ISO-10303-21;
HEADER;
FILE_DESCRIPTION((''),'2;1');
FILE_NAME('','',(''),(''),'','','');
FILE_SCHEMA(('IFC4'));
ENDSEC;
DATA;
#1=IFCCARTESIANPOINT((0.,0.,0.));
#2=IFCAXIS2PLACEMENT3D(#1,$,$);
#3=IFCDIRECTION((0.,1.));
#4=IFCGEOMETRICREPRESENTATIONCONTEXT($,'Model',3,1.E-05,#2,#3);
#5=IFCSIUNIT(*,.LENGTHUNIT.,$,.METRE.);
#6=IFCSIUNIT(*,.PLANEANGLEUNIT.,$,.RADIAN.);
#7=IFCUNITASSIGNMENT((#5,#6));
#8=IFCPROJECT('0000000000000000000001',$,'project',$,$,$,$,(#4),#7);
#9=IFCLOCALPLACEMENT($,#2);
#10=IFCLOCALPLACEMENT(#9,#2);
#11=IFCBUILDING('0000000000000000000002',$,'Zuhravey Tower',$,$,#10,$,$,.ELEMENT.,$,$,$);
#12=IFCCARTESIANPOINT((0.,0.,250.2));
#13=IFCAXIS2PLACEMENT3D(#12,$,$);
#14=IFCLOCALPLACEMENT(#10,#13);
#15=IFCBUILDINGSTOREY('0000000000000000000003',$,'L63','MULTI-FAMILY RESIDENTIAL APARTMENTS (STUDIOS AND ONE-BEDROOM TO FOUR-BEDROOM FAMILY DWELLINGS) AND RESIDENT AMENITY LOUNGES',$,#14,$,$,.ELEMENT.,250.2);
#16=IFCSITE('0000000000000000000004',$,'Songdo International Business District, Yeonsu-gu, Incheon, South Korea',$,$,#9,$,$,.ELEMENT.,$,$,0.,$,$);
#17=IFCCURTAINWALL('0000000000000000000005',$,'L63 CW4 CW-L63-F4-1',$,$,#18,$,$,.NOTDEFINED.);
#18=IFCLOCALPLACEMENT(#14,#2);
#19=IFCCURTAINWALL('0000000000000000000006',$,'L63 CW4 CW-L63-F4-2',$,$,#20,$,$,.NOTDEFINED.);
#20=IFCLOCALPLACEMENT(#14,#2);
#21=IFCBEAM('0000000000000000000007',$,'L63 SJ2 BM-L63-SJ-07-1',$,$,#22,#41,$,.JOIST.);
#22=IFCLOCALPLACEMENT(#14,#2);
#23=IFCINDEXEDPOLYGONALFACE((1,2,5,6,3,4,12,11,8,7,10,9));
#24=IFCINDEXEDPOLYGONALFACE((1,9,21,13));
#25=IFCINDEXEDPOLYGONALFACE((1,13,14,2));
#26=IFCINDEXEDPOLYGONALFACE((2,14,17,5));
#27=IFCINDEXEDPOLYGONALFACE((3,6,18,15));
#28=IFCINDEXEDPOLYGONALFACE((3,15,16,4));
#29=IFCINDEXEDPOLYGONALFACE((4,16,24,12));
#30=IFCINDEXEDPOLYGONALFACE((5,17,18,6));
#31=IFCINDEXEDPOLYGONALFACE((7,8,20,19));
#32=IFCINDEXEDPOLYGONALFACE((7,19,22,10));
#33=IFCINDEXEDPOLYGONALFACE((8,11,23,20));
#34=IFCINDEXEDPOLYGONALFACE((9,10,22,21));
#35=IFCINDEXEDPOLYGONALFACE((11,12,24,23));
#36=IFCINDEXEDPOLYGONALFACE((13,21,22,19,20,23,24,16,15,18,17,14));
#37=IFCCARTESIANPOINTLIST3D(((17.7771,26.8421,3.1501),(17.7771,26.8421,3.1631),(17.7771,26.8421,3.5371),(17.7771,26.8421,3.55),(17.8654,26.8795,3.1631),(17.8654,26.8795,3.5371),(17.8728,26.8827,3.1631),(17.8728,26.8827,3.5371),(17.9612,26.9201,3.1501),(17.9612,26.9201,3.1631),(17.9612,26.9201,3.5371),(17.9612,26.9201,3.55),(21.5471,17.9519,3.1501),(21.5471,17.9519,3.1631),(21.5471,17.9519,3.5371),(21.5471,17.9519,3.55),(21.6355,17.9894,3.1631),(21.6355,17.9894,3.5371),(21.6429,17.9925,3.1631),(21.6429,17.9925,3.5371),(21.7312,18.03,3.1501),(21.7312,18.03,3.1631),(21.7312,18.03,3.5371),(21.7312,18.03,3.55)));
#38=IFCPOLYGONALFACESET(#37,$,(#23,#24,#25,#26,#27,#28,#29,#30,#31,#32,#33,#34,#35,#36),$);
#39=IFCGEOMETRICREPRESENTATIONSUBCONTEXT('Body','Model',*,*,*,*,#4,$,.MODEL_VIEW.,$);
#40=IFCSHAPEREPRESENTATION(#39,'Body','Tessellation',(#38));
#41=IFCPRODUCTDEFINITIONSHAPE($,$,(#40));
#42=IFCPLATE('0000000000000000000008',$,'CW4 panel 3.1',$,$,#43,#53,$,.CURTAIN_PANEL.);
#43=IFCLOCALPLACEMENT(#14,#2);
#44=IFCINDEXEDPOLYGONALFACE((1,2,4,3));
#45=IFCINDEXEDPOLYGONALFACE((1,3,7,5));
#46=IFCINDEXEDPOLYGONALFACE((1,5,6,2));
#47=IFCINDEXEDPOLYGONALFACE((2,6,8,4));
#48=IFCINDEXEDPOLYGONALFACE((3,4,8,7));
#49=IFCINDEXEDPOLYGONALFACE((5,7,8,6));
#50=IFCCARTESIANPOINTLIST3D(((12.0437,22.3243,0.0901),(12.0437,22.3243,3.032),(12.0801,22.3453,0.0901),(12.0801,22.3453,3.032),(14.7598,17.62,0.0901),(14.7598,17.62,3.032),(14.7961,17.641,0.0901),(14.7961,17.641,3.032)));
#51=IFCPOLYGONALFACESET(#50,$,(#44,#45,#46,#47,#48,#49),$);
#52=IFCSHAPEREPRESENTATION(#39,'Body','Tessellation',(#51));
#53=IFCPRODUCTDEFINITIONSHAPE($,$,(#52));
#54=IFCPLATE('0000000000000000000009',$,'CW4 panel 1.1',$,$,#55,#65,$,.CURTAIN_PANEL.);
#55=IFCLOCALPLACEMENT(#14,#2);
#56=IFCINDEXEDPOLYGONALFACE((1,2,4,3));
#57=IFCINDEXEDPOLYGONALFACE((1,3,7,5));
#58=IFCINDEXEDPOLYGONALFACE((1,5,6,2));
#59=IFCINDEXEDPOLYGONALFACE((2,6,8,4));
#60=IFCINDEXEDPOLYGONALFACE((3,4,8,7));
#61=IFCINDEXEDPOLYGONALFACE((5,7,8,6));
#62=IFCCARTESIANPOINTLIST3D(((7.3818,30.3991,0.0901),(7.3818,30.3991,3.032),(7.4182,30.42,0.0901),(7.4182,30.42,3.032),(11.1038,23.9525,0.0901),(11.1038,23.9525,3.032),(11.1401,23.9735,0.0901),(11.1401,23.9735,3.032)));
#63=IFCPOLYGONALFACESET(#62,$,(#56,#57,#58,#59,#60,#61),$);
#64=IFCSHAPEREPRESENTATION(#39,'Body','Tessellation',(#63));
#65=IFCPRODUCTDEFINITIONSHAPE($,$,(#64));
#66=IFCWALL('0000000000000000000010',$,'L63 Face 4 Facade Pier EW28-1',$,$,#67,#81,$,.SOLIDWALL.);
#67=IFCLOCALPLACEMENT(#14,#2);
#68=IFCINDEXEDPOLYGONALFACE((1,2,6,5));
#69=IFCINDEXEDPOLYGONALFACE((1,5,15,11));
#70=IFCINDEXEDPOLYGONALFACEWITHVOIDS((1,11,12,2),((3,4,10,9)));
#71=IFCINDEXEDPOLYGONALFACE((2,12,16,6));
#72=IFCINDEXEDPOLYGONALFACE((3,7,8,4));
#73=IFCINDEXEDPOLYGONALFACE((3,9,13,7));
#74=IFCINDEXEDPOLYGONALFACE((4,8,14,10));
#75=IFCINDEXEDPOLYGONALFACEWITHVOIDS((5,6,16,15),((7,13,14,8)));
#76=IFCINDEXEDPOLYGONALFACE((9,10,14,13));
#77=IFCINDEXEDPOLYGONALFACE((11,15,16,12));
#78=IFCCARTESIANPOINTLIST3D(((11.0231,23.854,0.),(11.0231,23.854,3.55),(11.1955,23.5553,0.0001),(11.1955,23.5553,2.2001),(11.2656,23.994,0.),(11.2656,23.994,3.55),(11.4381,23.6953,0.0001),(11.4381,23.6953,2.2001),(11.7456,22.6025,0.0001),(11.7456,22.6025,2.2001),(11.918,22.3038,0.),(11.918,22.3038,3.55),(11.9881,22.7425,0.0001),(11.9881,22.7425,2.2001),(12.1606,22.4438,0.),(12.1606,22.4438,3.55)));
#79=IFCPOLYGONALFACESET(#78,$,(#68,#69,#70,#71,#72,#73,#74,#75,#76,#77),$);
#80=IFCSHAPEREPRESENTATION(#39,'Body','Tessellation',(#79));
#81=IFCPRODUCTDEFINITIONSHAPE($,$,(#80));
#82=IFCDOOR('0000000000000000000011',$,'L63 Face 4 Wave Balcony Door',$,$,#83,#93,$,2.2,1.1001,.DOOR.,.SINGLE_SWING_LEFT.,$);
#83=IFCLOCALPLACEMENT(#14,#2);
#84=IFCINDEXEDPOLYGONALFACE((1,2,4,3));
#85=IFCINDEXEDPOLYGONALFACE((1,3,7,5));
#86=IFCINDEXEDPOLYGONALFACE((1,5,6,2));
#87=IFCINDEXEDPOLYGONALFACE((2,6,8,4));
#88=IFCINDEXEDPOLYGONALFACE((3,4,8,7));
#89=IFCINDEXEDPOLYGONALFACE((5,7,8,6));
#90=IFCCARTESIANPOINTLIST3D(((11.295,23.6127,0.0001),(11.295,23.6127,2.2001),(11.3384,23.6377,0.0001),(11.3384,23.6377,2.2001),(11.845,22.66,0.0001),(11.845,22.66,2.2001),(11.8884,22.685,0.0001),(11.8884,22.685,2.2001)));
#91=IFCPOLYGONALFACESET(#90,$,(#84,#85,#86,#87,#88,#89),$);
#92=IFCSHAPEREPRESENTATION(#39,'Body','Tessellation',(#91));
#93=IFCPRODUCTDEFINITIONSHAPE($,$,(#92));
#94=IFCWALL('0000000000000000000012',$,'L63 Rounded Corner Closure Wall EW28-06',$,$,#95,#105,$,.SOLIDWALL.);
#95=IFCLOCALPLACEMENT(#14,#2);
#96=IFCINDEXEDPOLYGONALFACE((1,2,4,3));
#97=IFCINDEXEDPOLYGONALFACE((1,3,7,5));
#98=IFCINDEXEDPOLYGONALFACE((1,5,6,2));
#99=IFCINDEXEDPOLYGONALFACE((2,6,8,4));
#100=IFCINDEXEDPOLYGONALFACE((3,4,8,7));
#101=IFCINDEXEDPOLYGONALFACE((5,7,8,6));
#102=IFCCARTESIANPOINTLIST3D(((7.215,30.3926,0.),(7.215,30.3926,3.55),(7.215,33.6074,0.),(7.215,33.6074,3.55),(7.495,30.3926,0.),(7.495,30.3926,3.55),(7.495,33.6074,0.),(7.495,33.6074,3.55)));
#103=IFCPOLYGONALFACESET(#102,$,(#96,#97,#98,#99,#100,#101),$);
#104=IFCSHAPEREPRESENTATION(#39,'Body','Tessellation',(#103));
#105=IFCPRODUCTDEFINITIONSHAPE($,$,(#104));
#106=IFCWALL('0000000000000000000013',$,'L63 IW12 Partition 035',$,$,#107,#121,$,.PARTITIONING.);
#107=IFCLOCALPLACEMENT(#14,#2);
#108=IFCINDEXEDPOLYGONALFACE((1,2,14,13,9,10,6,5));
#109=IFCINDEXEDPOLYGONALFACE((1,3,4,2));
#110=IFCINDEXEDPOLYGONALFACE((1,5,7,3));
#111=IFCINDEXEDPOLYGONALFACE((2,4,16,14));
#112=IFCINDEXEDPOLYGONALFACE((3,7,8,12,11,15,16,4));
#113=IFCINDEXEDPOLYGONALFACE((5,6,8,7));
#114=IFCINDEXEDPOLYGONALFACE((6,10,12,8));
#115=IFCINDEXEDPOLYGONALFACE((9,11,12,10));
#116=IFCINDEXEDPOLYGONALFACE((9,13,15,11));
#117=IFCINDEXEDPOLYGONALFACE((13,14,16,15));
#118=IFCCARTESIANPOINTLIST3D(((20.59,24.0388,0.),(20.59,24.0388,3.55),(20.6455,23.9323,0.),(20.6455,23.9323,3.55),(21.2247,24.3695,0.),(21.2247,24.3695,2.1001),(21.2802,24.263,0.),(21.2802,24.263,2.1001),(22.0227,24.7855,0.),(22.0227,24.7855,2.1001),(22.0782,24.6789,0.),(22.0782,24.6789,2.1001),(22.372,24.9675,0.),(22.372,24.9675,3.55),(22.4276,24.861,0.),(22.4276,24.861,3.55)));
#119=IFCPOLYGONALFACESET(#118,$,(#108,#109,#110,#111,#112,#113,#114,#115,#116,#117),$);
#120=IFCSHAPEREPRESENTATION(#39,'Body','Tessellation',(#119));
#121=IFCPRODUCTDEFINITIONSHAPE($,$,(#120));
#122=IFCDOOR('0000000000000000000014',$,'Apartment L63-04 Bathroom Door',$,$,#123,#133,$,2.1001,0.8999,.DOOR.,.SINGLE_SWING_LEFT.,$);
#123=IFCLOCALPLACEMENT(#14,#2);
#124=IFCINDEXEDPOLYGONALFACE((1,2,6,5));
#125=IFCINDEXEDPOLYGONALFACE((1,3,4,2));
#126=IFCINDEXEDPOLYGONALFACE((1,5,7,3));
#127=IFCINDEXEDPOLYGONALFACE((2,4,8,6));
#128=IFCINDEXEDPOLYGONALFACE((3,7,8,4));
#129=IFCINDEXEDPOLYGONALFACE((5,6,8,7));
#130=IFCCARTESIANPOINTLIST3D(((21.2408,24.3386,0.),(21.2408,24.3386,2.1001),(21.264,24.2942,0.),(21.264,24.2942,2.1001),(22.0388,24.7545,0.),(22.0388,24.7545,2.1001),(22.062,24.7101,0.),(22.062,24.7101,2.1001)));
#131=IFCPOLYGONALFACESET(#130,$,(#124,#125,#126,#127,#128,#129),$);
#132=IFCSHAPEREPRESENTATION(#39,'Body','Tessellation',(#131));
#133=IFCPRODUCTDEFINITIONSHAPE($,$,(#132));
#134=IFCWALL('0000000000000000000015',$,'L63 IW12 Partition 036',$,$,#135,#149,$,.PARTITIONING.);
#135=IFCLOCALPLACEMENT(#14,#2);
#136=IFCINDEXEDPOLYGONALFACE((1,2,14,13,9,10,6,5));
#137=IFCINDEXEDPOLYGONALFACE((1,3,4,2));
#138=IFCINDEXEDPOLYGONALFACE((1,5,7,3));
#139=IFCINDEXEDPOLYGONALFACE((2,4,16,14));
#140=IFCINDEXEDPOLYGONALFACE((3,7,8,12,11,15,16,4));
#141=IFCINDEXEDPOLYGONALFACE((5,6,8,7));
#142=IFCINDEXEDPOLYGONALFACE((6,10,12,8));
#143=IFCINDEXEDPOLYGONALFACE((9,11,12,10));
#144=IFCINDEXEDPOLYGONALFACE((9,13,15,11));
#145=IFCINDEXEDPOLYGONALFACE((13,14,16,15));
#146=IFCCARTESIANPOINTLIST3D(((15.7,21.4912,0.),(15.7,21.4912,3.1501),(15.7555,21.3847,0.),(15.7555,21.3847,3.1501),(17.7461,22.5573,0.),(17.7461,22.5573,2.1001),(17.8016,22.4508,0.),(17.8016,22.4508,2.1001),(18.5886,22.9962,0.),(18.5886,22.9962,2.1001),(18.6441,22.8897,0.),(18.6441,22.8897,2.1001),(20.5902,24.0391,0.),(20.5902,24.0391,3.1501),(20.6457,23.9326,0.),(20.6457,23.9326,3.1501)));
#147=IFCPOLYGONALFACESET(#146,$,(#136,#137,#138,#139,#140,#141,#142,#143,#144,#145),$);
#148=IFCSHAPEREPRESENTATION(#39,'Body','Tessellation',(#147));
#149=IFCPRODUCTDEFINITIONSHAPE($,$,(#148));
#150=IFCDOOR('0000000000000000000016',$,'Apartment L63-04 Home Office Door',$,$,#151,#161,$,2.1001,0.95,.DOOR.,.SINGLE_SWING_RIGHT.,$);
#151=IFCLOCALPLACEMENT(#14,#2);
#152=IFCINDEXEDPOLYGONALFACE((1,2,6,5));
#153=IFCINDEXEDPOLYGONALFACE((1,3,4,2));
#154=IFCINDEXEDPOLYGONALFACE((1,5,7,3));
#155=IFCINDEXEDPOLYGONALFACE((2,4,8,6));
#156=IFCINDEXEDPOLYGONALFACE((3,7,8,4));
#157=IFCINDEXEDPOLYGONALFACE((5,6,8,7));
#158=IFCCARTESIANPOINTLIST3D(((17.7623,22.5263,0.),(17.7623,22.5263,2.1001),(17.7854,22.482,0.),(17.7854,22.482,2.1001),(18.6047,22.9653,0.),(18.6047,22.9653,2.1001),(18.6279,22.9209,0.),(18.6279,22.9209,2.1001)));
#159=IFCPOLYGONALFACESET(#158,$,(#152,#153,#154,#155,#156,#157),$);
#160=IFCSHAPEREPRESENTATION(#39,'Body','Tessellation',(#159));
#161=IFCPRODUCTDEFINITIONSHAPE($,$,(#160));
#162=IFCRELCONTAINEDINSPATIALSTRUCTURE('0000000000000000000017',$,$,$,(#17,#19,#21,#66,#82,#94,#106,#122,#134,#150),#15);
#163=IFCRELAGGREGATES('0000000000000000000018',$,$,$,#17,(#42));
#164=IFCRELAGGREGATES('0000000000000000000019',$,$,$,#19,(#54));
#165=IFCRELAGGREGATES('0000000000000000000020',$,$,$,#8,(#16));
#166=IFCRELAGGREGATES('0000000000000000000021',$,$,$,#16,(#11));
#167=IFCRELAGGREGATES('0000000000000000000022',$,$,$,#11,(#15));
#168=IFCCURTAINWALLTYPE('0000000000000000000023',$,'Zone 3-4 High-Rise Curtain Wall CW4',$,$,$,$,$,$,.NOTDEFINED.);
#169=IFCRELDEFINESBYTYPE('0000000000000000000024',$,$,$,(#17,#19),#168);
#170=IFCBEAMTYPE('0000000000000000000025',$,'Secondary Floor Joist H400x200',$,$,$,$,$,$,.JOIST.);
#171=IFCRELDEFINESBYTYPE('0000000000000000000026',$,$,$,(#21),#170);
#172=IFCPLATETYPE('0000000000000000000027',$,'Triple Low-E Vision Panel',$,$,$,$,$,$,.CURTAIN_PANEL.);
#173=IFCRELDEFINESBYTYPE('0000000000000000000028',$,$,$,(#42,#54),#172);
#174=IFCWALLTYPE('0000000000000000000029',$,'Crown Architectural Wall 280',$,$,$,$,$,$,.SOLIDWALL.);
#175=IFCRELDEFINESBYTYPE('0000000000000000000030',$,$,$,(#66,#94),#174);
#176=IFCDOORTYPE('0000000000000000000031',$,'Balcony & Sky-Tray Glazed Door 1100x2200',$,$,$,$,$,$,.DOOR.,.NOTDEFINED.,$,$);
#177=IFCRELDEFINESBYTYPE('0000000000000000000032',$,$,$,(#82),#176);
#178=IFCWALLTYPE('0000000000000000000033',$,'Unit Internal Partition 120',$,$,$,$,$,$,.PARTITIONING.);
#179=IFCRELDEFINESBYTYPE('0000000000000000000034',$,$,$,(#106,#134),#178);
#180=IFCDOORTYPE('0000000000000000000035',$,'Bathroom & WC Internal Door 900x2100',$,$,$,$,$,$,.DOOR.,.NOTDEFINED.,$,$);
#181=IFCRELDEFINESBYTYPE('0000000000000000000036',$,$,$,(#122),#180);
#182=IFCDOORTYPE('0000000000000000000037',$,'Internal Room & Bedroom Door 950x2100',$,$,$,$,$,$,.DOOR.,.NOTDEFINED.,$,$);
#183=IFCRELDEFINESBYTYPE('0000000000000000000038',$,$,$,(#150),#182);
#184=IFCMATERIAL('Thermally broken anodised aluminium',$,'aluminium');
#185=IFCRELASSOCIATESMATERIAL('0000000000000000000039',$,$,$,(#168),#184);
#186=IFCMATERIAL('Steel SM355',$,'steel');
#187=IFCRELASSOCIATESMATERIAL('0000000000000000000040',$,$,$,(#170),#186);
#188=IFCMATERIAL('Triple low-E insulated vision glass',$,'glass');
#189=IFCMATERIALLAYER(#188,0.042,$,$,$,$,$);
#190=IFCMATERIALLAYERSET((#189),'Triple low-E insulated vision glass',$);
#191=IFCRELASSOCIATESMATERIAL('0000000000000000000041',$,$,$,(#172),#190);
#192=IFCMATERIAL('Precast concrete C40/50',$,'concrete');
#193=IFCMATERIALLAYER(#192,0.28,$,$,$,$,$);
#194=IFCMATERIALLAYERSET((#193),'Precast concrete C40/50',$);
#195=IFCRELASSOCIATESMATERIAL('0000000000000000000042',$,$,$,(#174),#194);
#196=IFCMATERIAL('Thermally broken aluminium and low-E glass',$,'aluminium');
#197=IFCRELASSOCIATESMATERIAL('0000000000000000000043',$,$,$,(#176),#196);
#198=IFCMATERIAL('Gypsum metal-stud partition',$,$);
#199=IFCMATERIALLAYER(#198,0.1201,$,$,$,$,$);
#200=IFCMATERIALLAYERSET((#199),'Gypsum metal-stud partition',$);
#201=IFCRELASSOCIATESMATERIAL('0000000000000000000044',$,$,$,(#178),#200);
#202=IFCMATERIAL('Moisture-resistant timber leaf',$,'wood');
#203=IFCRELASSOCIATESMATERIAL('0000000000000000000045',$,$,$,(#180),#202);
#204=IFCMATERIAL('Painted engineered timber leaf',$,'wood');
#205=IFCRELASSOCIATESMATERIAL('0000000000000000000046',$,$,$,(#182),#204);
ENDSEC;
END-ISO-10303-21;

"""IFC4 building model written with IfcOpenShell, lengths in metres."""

from ifc_helpers import new_model, si_unit, direction, frame, frame_2d, origin, origin_2d, place, context, subcontext, project, spatial, rectangle, i_section, extrude, material, layer, layer_set, material_profile, profile_set, type_object, element, fill, aggregate, save


model = new_model("IFC4")

# Units and contexts
model_context = context("Model", 3, precision=1e-05, world=origin(), true_north=direction((0.0, 1.0)))
body_context = subcontext(model_context, "Body", "Model", "MODEL_VIEW")
ifc_project = project(units=[si_unit("LENGTHUNIT", "METRE"), si_unit("PLANEANGLEUNIT", "RADIAN")], contexts=[model_context])

# Site, building, storey
site_placement = place(None, origin())
site = spatial("IfcSite", under=ifc_project, at=site_placement, Name="Songdo International Business District, Yeonsu-gu, Incheon, South Korea", CompositionType="ELEMENT", RefElevation=0.0)
building_placement = place(site_placement, origin())
building = spatial("IfcBuilding", under=site, at=building_placement, Name="Zuhravey Tower", CompositionType="ELEMENT")
storey_placement = place(building_placement, frame((0.0, 0.0, 250.2)))
storey = spatial("IfcBuildingStorey", under=building, at=storey_placement, Name="L63", Description="MULTI-FAMILY RESIDENTIAL APARTMENTS (STUDIOS AND ONE-BEDROOM TO FOUR-BEDROOM FAMILY DWELLINGS) AND RESIDENT AMENITY LOUNGES", CompositionType="ELEMENT", Elevation=250.2)

# Curtain wall
ifc_material_1 = material(Name="Thermally broken anodised aluminium", Category="aluminium")
curtain_wall_type = type_object("IfcCurtainWallType", Name="Zone 3-4 High-Rise Curtain Wall CW4", PredefinedType="NOTDEFINED", material=ifc_material_1)
curtain_wall_1_placement = place(storey_placement, origin())
curtain_wall_1 = element("IfcCurtainWall", 1, at=curtain_wall_1_placement, inside=storey, type_object=curtain_wall_type, Name="L63 CW4 CW-L63-F4-1", PredefinedType="NOTDEFINED")

# Curtain wall
curtain_wall_2_placement = place(storey_placement, origin())
curtain_wall_2 = element("IfcCurtainWall", 2, at=curtain_wall_2_placement, inside=storey, type_object=curtain_wall_type, Name="L63 CW4 CW-L63-F4-2", PredefinedType="NOTDEFINED")

# Beam
ifc_material_2 = material(Name="Steel SM355", Category="steel")
ifc_material_profile_1 = material_profile(ifc_material_2, i_section(OverallWidth=0.2, OverallDepth=0.3999, WebThickness=0.0081, FlangeThickness=0.0129, at=origin_2d()), Name="H-400x200x8x13")
ifc_profile_set_1 = profile_set([ifc_material_profile_1], Name="Steel SM355")
beam_type_1 = type_object("IfcBeamType", Name="Secondary Floor Joist H400x200", PredefinedType="JOIST", material=ifc_profile_set_1)
beam_1_placement = place(storey_placement, frame((17.8691, 26.8811, 3.3501), z_axis=(0.390413, -0.92064, 0.0), x_axis=(0.92064, 0.390413, 0.0)))
element("IfcBeam", 3, at=beam_1_placement, inside=storey, type_object=beam_type_1, Name="L63 SJ2 BM-L63-SJ-07-1", PredefinedType="JOIST", context=body_context, shape_type="SweptSolid", body=[
    extrude(i_section(OverallWidth=0.2, OverallDepth=0.3999, WebThickness=0.0081, FlangeThickness=0.0129, at=origin_2d()), origin(), (0.0, 0.0, 1.0), 9.6565),
])

# Plates
ifc_material_3 = material(Name="Triple low-E insulated vision glass", Category="glass")
ifc_layer_1 = layer(ifc_material_3, 0.042)
ifc_layer_set_1 = layer_set([ifc_layer_1], Name="Triple low-E insulated vision glass")
plate_type = type_object("IfcPlateType", Name="Triple Low-E Vision Panel", PredefinedType="CURTAIN_PANEL", material=ifc_layer_set_1)
plate_1_placement = place(storey_placement, frame((13.4199, 19.9827, 0.0901), z_axis=(0.0, 0.0, 1.0), x_axis=(-0.500001, 0.866025, 0.0)))
plate_1 = element("IfcPlate", 4, at=plate_1_placement, type_object=plate_type, Name="CW4 panel 3.1", PredefinedType="CURTAIN_PANEL", context=body_context, shape_type="SweptSolid", body=[
    extrude(rectangle(XDim=5.4321, YDim=0.042, at=origin_2d()), origin(), (0.0, 0.0, 1.0), 2.9419),
])
aggregate(curtain_wall_1, [plate_1])
plate_2_placement = place(storey_placement, frame((9.261, 27.1863, 0.0901), z_axis=(0.0, 0.0, 1.0), x_axis=(-0.500004, 0.866023, 0.0)))
plate_2 = element("IfcPlate", 5, at=plate_2_placement, type_object=plate_type, Name="CW4 panel 1.1", PredefinedType="CURTAIN_PANEL", context=body_context, shape_type="SweptSolid", body=[
    extrude(rectangle(XDim=7.4438, YDim=0.042, at=origin_2d()), origin(), (0.0, 0.0, 1.0), 2.9419),
])
aggregate(curtain_wall_2, [plate_2])

# Wall, opening, door
ifc_material_4 = material(Name="Precast concrete C40/50", Category="concrete")
ifc_layer_2 = layer(ifc_material_4, 0.28)
ifc_layer_set_2 = layer_set([ifc_layer_2], Name="Precast concrete C40/50")
wall_type_1 = type_object("IfcWallType", Name="Crown Architectural Wall 280", PredefinedType="SOLIDWALL", material=ifc_layer_set_2)
wall_1_placement = place(storey_placement, frame((12.0393, 22.3738, 0.0), z_axis=(0.0, 0.0, 1.0), x_axis=(-0.499982, 0.866036, 0.0)))
wall_1 = element("IfcWall", 6, at=wall_1_placement, inside=storey, type_object=wall_type_1, Name="L63 Face 4 Facade Pier EW28-1", PredefinedType="SOLIDWALL", context=body_context, shape_type="SweptSolid", body=[
    extrude(rectangle(XDim=1.79, YDim=0.28, at=frame_2d((0.895, 0.0))), origin(), (0.0, 0.0, 1.0), 3.55),
])
opening_1_placement = place(wall_1_placement, frame((0.345, 0.0, 0.0)))
opening_1 = element("IfcOpeningElement", 7, at=opening_1_placement, cuts=wall_1, PredefinedType="OPENING", context=body_context, shape_type="SweptSolid", body=[
    extrude(rectangle(XDim=1.1001, YDim=2.2, at=frame_2d((0.55, 1.1001))), frame((0.0, 0.1521, 0.0), z_axis=(0.0, -1.0, 0.0), x_axis=(1.0, 0.0, 0.0)), (0.0, 0.0, 1.0), 0.304),
])
ifc_material_5 = material(Name="Thermally broken aluminium and low-E glass", Category="aluminium")
door_type_1 = type_object("IfcDoorType", Name="Balcony & Sky-Tray Glazed Door 1100x2200", OperationType="NOTDEFINED", PredefinedType="DOOR", material=ifc_material_5)
door_1_placement = place(opening_1_placement, frame((1.1001, 0.0, 0.0), z_axis=(0.0, 0.0, 1.0), x_axis=(-1.0, 0.0, 0.0)))
door_1 = element("IfcDoor", 8, at=door_1_placement, inside=storey, type_object=door_type_1, Name="L63 Face 4 Wave Balcony Door", OperationType="SINGLE_SWING_LEFT", OverallHeight=2.2, OverallWidth=1.1001, PredefinedType="DOOR", context=body_context, shape_type="SweptSolid", body=[
    extrude(rectangle(XDim=1.1001, YDim=2.2, at=frame_2d((0.55, 1.1001))), frame((0.0, 0.0249, 0.0), z_axis=(0.0, -1.0, 0.0), x_axis=(1.0, 0.0, 0.0)), (0.0, 0.0, 1.0), 0.05),
])
fill(opening_1, door_1)

# Wall
wall_2_placement = place(storey_placement, frame((7.355, 30.3926, 0.0), z_axis=(0.0, 0.0, 1.0), x_axis=(0.0, 1.0, 0.0)))
element("IfcWall", 9, at=wall_2_placement, inside=storey, type_object=wall_type_1, Name="L63 Rounded Corner Closure Wall EW28-06", PredefinedType="SOLIDWALL", context=body_context, shape_type="SweptSolid", body=[
    extrude(rectangle(XDim=3.2148, YDim=0.28, at=frame_2d((1.6074, 0.0))), origin(), (0.0, 0.0, 1.0), 3.55),
])

# Walls, openings, doors
ifc_material_6 = material(Name="Gypsum metal-stud partition")
ifc_layer_3 = layer(ifc_material_6, 0.1201)
ifc_layer_set_3 = layer_set([ifc_layer_3], Name="Gypsum metal-stud partition")
wall_type_2 = type_object("IfcWallType", Name="Unit Internal Partition 120", PredefinedType="PARTITIONING", material=ifc_layer_set_3)
wall_3_placement = place(storey_placement, frame((22.3999, 24.9143, 0.0), z_axis=(0.0, 0.0, 1.0), x_axis=(-0.886793, -0.462167, 0.0)))
wall_3 = element("IfcWall", 10, at=wall_3_placement, inside=storey, type_object=wall_type_2, Name="L63 IW12 Partition 035", PredefinedType="PARTITIONING", context=body_context, shape_type="SweptSolid", body=[
    extrude(rectangle(XDim=2.0095, YDim=0.1201, at=frame_2d((1.0049, 0.0))), origin(), (0.0, 0.0, 1.0), 3.55),
])
opening_2_placement = place(wall_3_placement, frame((0.394, 0.0, 0.0)))
opening_2 = element("IfcOpeningElement", 11, at=opening_2_placement, cuts=wall_3, PredefinedType="OPENING", context=body_context, shape_type="SweptSolid", body=[
    extrude(rectangle(XDim=0.8999, YDim=2.1001, at=frame_2d((0.45, 1.05))), frame((0.0, 0.072, 0.0), z_axis=(0.0, -1.0, 0.0), x_axis=(1.0, 0.0, 0.0)), (0.0, 0.0, 1.0), 0.144),
])
ifc_material_7 = material(Name="Moisture-resistant timber leaf", Category="wood")
door_type_2 = type_object("IfcDoorType", Name="Bathroom & WC Internal Door 900x2100", OperationType="NOTDEFINED", PredefinedType="DOOR", material=ifc_material_7)
door_2_placement = place(opening_2_placement, origin())
door_2 = element("IfcDoor", 12, at=door_2_placement, inside=storey, type_object=door_type_2, Name="Apartment L63-04 Bathroom Door", OperationType="SINGLE_SWING_LEFT", OverallHeight=2.1001, OverallWidth=0.8999, PredefinedType="DOOR", context=body_context, shape_type="SweptSolid", body=[
    extrude(rectangle(XDim=0.8999, YDim=2.1001, at=frame_2d((0.45, 1.05))), frame((0.0, 0.0249, 0.0), z_axis=(0.0, -1.0, 0.0), x_axis=(1.0, 0.0, 0.0)), (0.0, 0.0, 1.0), 0.05),
])
fill(opening_2, door_2)
wall_4_placement = place(storey_placement, frame((20.6179, 23.9858, 0.0), z_axis=(0.0, 0.0, 1.0), x_axis=(-0.886847, -0.462064, 0.0)))
wall_4 = element("IfcWall", 13, at=wall_4_placement, inside=storey, type_object=wall_type_2, Name="L63 IW12 Partition 036", PredefinedType="PARTITIONING", context=body_context, shape_type="SweptSolid", body=[
    extrude(rectangle(XDim=5.5142, YDim=0.1201, at=frame_2d((2.7571, 0.0))), origin(), (0.0, 0.0, 1.0), 3.1501),
])
opening_3_placement = place(wall_4_placement, frame((2.2568, 0.0, 0.0)))
opening_3 = element("IfcOpeningElement", 14, at=opening_3_placement, cuts=wall_4, PredefinedType="OPENING", context=body_context, shape_type="SweptSolid", body=[
    extrude(rectangle(XDim=0.95, YDim=2.1001, at=frame_2d((0.4751, 1.05))), frame((0.0, 0.072, 0.0), z_axis=(0.0, -1.0, 0.0), x_axis=(1.0, 0.0, 0.0)), (0.0, 0.0, 1.0), 0.144),
])
ifc_material_8 = material(Name="Painted engineered timber leaf", Category="wood")
door_type_3 = type_object("IfcDoorType", Name="Internal Room & Bedroom Door 950x2100", OperationType="NOTDEFINED", PredefinedType="DOOR", material=ifc_material_8)
door_3_placement = place(opening_3_placement, origin())
door_3 = element("IfcDoor", 15, at=door_3_placement, inside=storey, type_object=door_type_3, Name="Apartment L63-04 Home Office Door", OperationType="SINGLE_SWING_RIGHT", OverallHeight=2.1001, OverallWidth=0.95, PredefinedType="DOOR", context=body_context, shape_type="SweptSolid", body=[
    extrude(rectangle(XDim=0.95, YDim=2.1001, at=frame_2d((0.4751, 1.05))), frame((0.0, 0.0249, 0.0), z_axis=(0.0, -1.0, 0.0), x_axis=(1.0, 0.0, 0.0)), (0.0, 0.0, 1.0), 0.05),
])
fill(opening_3, door_3)

save(model, "model.ifc")
